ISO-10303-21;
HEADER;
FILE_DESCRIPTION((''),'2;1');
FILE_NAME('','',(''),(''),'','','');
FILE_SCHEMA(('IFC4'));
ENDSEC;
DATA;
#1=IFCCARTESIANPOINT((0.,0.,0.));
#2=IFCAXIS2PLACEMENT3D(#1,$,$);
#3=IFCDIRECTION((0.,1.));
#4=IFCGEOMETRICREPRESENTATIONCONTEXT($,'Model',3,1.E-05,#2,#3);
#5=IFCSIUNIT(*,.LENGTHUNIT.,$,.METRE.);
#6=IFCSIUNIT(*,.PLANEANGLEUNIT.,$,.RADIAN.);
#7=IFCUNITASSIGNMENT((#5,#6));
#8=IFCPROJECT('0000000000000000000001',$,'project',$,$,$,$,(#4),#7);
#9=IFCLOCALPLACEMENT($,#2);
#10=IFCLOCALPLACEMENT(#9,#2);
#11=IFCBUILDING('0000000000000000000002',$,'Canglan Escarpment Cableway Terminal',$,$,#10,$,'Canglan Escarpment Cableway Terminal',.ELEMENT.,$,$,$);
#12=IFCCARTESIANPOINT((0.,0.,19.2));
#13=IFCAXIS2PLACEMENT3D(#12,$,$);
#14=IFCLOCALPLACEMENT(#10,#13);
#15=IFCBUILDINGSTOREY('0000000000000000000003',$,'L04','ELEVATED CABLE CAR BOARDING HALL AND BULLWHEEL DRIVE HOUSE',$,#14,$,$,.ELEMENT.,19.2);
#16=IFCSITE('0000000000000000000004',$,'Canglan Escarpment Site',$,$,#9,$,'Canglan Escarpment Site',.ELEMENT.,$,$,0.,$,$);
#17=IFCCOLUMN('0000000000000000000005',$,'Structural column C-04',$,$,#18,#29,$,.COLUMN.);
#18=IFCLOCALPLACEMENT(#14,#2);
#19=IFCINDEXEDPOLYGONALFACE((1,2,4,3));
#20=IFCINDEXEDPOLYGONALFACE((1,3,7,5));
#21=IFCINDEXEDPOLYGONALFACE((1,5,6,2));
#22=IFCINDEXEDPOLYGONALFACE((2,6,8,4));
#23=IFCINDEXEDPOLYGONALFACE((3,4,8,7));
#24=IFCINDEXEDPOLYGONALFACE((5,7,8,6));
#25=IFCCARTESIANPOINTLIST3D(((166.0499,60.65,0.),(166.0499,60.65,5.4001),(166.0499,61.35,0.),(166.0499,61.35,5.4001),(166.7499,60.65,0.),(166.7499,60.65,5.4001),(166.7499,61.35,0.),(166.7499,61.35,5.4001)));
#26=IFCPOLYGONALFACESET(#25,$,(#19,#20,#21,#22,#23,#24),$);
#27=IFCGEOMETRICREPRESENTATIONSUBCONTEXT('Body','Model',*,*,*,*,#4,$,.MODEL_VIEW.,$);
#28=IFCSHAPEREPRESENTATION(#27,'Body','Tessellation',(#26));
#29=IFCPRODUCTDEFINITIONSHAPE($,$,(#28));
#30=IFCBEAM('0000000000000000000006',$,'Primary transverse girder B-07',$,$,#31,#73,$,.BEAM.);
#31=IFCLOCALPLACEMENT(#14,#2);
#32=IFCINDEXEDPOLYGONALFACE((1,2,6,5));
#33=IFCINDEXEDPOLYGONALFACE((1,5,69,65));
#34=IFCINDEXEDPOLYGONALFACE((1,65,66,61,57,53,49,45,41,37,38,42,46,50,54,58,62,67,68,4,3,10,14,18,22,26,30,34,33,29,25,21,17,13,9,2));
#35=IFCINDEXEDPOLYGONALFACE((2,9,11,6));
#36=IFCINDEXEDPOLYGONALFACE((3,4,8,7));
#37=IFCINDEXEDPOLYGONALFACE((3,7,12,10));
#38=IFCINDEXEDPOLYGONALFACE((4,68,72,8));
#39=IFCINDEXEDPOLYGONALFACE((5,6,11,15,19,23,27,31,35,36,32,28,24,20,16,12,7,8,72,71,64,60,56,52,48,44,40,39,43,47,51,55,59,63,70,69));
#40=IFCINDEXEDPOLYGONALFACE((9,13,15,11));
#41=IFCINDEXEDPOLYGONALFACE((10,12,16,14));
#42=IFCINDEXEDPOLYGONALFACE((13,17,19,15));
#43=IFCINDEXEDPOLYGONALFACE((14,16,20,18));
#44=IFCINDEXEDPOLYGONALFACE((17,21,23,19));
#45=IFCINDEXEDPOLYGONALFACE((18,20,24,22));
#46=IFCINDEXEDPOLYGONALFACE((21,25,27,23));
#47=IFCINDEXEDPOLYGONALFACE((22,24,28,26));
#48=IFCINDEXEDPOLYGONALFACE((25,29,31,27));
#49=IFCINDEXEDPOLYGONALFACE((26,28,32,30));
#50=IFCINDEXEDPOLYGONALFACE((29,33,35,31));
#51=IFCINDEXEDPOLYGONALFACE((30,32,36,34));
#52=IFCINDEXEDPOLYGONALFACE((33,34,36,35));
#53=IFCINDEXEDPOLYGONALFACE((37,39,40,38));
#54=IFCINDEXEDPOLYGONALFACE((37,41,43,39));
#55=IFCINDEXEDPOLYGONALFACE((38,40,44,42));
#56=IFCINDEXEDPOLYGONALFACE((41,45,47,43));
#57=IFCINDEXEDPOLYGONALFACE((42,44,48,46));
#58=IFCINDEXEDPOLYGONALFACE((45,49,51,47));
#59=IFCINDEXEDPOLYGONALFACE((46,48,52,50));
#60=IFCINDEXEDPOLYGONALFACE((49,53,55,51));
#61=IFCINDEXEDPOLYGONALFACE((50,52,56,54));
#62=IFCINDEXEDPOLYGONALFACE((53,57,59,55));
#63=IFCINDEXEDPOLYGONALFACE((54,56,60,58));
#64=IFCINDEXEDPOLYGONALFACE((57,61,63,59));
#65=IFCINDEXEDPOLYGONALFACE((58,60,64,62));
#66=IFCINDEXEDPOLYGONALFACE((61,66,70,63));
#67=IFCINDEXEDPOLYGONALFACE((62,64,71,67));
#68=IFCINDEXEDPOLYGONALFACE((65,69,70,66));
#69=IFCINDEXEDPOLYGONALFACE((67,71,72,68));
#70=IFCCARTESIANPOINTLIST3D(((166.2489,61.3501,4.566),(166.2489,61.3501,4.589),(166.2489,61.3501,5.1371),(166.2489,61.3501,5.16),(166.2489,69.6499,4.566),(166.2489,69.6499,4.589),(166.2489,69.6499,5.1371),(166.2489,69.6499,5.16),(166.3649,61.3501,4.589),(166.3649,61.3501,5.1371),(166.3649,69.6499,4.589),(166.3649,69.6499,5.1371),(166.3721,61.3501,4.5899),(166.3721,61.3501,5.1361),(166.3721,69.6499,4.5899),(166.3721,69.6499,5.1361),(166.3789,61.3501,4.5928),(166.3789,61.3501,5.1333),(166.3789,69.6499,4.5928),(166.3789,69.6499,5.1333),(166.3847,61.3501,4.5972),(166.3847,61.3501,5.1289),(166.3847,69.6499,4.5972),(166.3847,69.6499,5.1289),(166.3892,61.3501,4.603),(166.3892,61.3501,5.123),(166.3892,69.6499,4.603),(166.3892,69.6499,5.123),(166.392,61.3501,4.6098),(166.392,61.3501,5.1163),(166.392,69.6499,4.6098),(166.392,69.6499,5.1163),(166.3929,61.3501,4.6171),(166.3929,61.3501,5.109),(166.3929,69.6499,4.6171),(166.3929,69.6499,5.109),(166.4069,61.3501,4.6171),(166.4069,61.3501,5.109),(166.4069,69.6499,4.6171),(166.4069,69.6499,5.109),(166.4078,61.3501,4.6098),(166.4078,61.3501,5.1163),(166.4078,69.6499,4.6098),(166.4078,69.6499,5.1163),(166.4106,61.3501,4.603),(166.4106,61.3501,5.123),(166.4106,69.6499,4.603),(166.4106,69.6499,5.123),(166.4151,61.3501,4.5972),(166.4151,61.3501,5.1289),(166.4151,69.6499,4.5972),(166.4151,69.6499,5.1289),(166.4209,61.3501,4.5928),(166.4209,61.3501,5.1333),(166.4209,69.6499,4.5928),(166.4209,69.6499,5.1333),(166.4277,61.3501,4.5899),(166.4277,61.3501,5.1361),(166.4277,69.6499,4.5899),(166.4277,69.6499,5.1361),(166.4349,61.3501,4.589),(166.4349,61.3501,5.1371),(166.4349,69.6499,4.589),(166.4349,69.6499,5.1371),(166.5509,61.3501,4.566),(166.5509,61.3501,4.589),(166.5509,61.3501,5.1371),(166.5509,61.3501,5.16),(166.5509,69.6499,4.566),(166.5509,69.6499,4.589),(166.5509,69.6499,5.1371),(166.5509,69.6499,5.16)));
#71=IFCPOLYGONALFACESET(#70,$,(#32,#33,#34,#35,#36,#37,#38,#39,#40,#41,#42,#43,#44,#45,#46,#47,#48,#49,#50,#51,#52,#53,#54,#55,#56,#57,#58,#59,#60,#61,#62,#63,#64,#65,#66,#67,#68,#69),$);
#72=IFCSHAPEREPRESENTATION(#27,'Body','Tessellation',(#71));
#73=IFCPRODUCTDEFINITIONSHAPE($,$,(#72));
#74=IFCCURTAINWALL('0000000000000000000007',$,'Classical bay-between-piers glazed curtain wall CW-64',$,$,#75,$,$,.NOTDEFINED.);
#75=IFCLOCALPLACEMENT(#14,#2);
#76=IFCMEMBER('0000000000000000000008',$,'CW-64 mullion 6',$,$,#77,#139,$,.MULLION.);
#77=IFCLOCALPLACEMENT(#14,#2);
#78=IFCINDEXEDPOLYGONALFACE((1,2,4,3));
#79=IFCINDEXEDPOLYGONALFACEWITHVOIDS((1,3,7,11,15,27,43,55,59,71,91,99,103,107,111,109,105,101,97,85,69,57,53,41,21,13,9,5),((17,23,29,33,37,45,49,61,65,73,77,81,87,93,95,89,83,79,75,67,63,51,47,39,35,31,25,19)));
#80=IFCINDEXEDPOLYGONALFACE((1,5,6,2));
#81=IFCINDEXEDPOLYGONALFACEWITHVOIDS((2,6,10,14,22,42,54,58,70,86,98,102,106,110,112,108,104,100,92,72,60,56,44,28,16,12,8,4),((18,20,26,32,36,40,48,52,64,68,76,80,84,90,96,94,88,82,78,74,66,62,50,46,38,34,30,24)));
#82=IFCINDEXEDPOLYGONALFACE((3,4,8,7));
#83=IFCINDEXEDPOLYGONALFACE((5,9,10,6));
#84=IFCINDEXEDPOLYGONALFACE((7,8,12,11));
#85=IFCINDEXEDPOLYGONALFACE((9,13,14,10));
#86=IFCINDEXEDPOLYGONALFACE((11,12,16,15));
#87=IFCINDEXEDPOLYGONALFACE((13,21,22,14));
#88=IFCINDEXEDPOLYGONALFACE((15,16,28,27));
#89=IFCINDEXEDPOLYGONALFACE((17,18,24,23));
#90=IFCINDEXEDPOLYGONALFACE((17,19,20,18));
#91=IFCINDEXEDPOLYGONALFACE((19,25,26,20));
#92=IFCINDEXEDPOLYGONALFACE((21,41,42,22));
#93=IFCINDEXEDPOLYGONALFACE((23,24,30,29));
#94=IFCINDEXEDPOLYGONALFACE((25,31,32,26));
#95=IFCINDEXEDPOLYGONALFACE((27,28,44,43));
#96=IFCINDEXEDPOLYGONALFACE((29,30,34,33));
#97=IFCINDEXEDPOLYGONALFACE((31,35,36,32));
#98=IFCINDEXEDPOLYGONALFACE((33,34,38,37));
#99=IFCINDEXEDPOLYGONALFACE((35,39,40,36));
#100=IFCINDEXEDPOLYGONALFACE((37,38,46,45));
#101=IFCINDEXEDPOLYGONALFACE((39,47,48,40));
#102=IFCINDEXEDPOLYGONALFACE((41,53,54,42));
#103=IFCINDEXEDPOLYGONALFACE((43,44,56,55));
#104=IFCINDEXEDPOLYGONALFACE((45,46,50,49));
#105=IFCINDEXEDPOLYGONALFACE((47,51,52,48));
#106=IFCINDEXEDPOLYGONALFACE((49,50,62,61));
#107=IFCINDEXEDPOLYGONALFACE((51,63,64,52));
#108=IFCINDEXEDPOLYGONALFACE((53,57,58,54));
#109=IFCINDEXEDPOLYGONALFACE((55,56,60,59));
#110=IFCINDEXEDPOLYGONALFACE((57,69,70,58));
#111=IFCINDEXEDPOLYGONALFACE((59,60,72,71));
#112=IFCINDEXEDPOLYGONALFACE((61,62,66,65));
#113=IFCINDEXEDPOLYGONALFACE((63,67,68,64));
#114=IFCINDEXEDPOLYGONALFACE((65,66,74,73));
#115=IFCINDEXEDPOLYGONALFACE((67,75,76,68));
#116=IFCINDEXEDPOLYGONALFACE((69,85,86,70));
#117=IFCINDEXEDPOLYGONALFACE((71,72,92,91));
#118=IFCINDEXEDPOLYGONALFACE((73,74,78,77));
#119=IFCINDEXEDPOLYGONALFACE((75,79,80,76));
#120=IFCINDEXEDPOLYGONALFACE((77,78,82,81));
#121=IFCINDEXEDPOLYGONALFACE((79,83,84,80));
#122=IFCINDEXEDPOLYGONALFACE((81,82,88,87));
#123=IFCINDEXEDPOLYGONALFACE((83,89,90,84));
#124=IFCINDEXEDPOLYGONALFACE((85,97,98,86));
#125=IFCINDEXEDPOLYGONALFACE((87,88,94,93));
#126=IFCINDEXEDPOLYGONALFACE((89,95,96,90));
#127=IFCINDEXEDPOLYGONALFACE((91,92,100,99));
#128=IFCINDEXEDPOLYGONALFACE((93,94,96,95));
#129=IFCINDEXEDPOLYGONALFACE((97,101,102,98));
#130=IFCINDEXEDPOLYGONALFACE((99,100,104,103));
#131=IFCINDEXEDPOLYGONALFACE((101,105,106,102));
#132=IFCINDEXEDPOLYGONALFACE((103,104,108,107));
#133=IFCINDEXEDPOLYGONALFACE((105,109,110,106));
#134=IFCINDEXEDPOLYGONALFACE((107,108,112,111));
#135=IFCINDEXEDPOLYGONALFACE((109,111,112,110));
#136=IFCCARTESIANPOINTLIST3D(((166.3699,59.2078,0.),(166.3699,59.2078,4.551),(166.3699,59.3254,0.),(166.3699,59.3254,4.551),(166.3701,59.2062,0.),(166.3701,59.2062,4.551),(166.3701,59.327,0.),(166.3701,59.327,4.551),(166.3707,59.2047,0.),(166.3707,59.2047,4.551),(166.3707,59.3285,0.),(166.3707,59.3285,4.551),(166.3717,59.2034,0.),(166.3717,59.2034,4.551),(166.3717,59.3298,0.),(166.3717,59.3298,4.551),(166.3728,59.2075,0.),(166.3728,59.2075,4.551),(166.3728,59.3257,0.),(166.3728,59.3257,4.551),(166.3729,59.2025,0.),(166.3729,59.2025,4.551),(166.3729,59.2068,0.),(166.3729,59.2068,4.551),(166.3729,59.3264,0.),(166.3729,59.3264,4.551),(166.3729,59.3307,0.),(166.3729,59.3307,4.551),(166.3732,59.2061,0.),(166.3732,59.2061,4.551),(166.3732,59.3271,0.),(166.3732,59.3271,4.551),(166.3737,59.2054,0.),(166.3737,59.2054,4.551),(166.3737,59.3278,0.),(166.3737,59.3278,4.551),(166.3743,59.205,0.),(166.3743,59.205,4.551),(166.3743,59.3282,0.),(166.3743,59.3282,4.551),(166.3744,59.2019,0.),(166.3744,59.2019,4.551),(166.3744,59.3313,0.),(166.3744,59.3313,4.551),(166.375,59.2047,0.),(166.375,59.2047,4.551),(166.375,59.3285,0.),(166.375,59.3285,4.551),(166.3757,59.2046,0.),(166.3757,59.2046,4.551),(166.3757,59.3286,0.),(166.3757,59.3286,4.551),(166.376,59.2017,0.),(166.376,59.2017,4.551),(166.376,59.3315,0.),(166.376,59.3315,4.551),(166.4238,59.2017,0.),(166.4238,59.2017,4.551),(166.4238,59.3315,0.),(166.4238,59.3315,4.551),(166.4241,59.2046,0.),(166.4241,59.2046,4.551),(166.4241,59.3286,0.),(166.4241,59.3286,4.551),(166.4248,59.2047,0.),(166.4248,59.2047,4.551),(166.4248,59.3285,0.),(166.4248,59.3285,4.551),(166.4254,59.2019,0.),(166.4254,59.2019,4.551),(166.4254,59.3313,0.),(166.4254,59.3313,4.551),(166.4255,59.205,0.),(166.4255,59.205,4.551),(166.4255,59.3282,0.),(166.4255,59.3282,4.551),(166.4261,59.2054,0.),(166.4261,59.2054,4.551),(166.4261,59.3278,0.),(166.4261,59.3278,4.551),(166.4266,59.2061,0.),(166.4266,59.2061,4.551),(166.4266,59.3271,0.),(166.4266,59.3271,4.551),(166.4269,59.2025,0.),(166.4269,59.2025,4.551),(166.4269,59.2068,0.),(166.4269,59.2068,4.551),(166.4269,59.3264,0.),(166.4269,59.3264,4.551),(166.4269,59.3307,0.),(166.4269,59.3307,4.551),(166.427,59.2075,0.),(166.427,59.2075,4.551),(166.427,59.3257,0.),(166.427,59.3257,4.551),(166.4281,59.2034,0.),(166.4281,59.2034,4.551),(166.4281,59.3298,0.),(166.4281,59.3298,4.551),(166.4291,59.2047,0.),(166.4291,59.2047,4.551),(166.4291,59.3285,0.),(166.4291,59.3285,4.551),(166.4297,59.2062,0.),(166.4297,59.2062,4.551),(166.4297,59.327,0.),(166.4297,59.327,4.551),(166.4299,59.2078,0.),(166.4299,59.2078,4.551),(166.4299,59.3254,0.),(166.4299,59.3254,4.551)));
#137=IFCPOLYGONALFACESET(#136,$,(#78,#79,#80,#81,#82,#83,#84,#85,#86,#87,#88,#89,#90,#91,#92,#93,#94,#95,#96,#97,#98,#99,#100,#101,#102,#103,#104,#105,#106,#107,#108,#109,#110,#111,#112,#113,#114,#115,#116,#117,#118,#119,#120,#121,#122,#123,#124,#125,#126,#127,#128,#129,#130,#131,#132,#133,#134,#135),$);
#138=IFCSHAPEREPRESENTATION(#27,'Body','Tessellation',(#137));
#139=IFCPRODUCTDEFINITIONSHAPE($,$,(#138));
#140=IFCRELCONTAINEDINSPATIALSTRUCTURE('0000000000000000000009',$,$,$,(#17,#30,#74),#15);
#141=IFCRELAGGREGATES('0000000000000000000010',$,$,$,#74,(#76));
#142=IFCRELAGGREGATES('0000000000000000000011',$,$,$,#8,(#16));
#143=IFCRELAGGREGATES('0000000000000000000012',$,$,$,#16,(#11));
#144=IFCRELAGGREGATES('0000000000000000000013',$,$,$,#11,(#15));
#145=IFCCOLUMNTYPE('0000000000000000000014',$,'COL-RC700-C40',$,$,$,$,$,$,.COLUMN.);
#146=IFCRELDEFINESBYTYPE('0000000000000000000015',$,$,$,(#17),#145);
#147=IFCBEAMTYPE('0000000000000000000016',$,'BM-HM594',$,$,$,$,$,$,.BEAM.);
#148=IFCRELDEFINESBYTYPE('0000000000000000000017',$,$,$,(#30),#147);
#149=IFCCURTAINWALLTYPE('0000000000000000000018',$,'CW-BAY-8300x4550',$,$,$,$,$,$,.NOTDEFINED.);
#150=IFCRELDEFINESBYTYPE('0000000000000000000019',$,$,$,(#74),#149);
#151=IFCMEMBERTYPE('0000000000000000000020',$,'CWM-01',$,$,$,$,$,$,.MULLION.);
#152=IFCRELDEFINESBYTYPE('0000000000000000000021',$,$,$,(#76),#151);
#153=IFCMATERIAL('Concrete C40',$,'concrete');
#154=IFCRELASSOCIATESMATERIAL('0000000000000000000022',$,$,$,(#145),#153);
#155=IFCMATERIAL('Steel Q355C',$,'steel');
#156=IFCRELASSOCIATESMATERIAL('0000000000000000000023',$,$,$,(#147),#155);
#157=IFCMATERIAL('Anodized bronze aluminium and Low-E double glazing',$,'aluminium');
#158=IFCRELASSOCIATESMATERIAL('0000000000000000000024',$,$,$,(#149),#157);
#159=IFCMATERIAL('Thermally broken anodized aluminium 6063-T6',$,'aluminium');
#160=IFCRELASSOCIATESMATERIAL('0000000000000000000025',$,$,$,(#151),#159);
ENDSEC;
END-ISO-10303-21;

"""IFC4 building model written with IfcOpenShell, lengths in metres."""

from ifc_helpers import new_model, si_unit, direction, frame, origin, origin_2d, place, context, subcontext, project, spatial, rectangle, hollow_rectangle, i_section, extrude, material, material_profile, profile_set, type_object, element, aggregate, save


model = new_model("IFC4")

# Units and contexts
model_context = context("Model", 3, precision=1e-05, world=origin(), true_north=direction((0.0, 1.0)))
body_context = subcontext(model_context, "Body", "Model", "MODEL_VIEW")
ifc_project = project(units=[si_unit("LENGTHUNIT", "METRE"), si_unit("PLANEANGLEUNIT", "RADIAN")], contexts=[model_context])

# Site, building, storey
site_placement = place(None, origin())
site = spatial("IfcSite", under=ifc_project, at=site_placement, Name="Canglan Escarpment Site", LongName="Canglan Escarpment Site", CompositionType="ELEMENT", RefElevation=0.0)
building_placement = place(site_placement, origin())
building = spatial("IfcBuilding", under=site, at=building_placement, Name="Canglan Escarpment Cableway Terminal", LongName="Canglan Escarpment Cableway Terminal", CompositionType="ELEMENT")
storey_placement = place(building_placement, frame((0.0, 0.0, 19.2)))
storey = spatial("IfcBuildingStorey", under=building, at=storey_placement, Name="L04", Description="ELEVATED CABLE CAR BOARDING HALL AND BULLWHEEL DRIVE HOUSE", CompositionType="ELEMENT", Elevation=19.2)

# Column
ifc_material_1 = material(Name="Concrete C40", Category="concrete")
ifc_material_profile_1 = material_profile(ifc_material_1, rectangle(XDim=0.7, YDim=0.7, at=origin_2d()), Name="RC 700x700")
ifc_profile_set_1 = profile_set([ifc_material_profile_1], Name="Concrete C40")
column_type = type_object("IfcColumnType", Name="COL-RC700-C40", PredefinedType="COLUMN", material=ifc_profile_set_1)
column_placement = place(storey_placement, frame((166.3999, 61.0, 0.0), z_axis=(0.0, 0.0, 1.0), x_axis=(1.0, 0.0, 0.0)))
element("IfcColumn", 1, at=column_placement, inside=storey, type_object=column_type, Name="Structural column C-04", PredefinedType="COLUMN", context=body_context, shape_type="SweptSolid", body=[
    extrude(rectangle(XDim=0.7, YDim=0.7, at=origin_2d()), origin(), (0.0, 0.0, 1.0), 5.4001),
])

# Beam
ifc_material_2 = material(Name="Steel Q355C", Category="steel")
ifc_material_profile_2 = material_profile(ifc_material_2, i_section(OverallWidth=0.302, OverallDepth=0.594, WebThickness=0.0139, FlangeThickness=0.0229, FilletRadius=0.0281, at=origin_2d()), Name="HM 594x302x14x23")
ifc_profile_set_2 = profile_set([ifc_material_profile_2], Name="Steel Q355C")
beam_type = type_object("IfcBeamType", Name="BM-HM594", PredefinedType="BEAM", material=ifc_profile_set_2)
beam_placement = place(storey_placement, frame((166.3999, 61.3501, 4.863), z_axis=(0.0, 1.0, 0.0), x_axis=(-1.0, 0.0, 0.0)))
element("IfcBeam", 2, at=beam_placement, inside=storey, type_object=beam_type, Name="Primary transverse girder B-07", PredefinedType="BEAM", context=body_context, shape_type="SweptSolid", body=[
    extrude(i_section(OverallWidth=0.302, OverallDepth=0.594, WebThickness=0.0139, FlangeThickness=0.0229, FilletRadius=0.0281, at=origin_2d()), origin(), (0.0, 0.0, 1.0), 8.2998),
])

# Curtain wall, member
ifc_material_3 = material(Name="Anodized bronze aluminium and Low-E double glazing", Category="aluminium")
curtain_wall_type = type_object("IfcCurtainWallType", Name="CW-BAY-8300x4550", PredefinedType="NOTDEFINED", material=ifc_material_3)
curtain_wall_1_placement = place(storey_placement, origin())
curtain_wall_1 = element("IfcCurtainWall", 3, at=curtain_wall_1_placement, inside=storey, type_object=curtain_wall_type, Name="Classical bay-between-piers glazed curtain wall CW-64", PredefinedType="NOTDEFINED")
ifc_material_4 = material(Name="Thermally broken anodized aluminium 6063-T6", Category="aluminium")
ifc_material_profile_3 = material_profile(ifc_material_4, hollow_rectangle(XDim=0.0601, YDim=0.1299, WallThickness=0.0029, InnerFilletRadius=0.0029, OuterFilletRadius=0.0061, at=origin_2d()), Name="ALU-MULL 60x130x3")
ifc_profile_set_3 = profile_set([ifc_material_profile_3], Name="Thermally broken anodized aluminium 6063-T6")
member_type_1 = type_object("IfcMemberType", Name="CWM-01", PredefinedType="MULLION", material=ifc_profile_set_3)
member_1_placement = place(storey_placement, frame((166.3999, 59.2666, 0.0), z_axis=(0.0, 0.0, 1.0), x_axis=(-1.0, 0.0, 0.0)))
member_1 = element("IfcMember", 4, at=member_1_placement, type_object=member_type_1, Name="CW-64 mullion 6", PredefinedType="MULLION", context=body_context, shape_type="SweptSolid", body=[
    extrude(hollow_rectangle(XDim=0.0601, YDim=0.1299, WallThickness=0.0029, InnerFilletRadius=0.0029, OuterFilletRadius=0.0061, at=origin_2d()), origin(), (0.0, 0.0, 1.0), 4.551),
])

aggregate(curtain_wall_1, [member_1])

save(model, "model.ifc")
